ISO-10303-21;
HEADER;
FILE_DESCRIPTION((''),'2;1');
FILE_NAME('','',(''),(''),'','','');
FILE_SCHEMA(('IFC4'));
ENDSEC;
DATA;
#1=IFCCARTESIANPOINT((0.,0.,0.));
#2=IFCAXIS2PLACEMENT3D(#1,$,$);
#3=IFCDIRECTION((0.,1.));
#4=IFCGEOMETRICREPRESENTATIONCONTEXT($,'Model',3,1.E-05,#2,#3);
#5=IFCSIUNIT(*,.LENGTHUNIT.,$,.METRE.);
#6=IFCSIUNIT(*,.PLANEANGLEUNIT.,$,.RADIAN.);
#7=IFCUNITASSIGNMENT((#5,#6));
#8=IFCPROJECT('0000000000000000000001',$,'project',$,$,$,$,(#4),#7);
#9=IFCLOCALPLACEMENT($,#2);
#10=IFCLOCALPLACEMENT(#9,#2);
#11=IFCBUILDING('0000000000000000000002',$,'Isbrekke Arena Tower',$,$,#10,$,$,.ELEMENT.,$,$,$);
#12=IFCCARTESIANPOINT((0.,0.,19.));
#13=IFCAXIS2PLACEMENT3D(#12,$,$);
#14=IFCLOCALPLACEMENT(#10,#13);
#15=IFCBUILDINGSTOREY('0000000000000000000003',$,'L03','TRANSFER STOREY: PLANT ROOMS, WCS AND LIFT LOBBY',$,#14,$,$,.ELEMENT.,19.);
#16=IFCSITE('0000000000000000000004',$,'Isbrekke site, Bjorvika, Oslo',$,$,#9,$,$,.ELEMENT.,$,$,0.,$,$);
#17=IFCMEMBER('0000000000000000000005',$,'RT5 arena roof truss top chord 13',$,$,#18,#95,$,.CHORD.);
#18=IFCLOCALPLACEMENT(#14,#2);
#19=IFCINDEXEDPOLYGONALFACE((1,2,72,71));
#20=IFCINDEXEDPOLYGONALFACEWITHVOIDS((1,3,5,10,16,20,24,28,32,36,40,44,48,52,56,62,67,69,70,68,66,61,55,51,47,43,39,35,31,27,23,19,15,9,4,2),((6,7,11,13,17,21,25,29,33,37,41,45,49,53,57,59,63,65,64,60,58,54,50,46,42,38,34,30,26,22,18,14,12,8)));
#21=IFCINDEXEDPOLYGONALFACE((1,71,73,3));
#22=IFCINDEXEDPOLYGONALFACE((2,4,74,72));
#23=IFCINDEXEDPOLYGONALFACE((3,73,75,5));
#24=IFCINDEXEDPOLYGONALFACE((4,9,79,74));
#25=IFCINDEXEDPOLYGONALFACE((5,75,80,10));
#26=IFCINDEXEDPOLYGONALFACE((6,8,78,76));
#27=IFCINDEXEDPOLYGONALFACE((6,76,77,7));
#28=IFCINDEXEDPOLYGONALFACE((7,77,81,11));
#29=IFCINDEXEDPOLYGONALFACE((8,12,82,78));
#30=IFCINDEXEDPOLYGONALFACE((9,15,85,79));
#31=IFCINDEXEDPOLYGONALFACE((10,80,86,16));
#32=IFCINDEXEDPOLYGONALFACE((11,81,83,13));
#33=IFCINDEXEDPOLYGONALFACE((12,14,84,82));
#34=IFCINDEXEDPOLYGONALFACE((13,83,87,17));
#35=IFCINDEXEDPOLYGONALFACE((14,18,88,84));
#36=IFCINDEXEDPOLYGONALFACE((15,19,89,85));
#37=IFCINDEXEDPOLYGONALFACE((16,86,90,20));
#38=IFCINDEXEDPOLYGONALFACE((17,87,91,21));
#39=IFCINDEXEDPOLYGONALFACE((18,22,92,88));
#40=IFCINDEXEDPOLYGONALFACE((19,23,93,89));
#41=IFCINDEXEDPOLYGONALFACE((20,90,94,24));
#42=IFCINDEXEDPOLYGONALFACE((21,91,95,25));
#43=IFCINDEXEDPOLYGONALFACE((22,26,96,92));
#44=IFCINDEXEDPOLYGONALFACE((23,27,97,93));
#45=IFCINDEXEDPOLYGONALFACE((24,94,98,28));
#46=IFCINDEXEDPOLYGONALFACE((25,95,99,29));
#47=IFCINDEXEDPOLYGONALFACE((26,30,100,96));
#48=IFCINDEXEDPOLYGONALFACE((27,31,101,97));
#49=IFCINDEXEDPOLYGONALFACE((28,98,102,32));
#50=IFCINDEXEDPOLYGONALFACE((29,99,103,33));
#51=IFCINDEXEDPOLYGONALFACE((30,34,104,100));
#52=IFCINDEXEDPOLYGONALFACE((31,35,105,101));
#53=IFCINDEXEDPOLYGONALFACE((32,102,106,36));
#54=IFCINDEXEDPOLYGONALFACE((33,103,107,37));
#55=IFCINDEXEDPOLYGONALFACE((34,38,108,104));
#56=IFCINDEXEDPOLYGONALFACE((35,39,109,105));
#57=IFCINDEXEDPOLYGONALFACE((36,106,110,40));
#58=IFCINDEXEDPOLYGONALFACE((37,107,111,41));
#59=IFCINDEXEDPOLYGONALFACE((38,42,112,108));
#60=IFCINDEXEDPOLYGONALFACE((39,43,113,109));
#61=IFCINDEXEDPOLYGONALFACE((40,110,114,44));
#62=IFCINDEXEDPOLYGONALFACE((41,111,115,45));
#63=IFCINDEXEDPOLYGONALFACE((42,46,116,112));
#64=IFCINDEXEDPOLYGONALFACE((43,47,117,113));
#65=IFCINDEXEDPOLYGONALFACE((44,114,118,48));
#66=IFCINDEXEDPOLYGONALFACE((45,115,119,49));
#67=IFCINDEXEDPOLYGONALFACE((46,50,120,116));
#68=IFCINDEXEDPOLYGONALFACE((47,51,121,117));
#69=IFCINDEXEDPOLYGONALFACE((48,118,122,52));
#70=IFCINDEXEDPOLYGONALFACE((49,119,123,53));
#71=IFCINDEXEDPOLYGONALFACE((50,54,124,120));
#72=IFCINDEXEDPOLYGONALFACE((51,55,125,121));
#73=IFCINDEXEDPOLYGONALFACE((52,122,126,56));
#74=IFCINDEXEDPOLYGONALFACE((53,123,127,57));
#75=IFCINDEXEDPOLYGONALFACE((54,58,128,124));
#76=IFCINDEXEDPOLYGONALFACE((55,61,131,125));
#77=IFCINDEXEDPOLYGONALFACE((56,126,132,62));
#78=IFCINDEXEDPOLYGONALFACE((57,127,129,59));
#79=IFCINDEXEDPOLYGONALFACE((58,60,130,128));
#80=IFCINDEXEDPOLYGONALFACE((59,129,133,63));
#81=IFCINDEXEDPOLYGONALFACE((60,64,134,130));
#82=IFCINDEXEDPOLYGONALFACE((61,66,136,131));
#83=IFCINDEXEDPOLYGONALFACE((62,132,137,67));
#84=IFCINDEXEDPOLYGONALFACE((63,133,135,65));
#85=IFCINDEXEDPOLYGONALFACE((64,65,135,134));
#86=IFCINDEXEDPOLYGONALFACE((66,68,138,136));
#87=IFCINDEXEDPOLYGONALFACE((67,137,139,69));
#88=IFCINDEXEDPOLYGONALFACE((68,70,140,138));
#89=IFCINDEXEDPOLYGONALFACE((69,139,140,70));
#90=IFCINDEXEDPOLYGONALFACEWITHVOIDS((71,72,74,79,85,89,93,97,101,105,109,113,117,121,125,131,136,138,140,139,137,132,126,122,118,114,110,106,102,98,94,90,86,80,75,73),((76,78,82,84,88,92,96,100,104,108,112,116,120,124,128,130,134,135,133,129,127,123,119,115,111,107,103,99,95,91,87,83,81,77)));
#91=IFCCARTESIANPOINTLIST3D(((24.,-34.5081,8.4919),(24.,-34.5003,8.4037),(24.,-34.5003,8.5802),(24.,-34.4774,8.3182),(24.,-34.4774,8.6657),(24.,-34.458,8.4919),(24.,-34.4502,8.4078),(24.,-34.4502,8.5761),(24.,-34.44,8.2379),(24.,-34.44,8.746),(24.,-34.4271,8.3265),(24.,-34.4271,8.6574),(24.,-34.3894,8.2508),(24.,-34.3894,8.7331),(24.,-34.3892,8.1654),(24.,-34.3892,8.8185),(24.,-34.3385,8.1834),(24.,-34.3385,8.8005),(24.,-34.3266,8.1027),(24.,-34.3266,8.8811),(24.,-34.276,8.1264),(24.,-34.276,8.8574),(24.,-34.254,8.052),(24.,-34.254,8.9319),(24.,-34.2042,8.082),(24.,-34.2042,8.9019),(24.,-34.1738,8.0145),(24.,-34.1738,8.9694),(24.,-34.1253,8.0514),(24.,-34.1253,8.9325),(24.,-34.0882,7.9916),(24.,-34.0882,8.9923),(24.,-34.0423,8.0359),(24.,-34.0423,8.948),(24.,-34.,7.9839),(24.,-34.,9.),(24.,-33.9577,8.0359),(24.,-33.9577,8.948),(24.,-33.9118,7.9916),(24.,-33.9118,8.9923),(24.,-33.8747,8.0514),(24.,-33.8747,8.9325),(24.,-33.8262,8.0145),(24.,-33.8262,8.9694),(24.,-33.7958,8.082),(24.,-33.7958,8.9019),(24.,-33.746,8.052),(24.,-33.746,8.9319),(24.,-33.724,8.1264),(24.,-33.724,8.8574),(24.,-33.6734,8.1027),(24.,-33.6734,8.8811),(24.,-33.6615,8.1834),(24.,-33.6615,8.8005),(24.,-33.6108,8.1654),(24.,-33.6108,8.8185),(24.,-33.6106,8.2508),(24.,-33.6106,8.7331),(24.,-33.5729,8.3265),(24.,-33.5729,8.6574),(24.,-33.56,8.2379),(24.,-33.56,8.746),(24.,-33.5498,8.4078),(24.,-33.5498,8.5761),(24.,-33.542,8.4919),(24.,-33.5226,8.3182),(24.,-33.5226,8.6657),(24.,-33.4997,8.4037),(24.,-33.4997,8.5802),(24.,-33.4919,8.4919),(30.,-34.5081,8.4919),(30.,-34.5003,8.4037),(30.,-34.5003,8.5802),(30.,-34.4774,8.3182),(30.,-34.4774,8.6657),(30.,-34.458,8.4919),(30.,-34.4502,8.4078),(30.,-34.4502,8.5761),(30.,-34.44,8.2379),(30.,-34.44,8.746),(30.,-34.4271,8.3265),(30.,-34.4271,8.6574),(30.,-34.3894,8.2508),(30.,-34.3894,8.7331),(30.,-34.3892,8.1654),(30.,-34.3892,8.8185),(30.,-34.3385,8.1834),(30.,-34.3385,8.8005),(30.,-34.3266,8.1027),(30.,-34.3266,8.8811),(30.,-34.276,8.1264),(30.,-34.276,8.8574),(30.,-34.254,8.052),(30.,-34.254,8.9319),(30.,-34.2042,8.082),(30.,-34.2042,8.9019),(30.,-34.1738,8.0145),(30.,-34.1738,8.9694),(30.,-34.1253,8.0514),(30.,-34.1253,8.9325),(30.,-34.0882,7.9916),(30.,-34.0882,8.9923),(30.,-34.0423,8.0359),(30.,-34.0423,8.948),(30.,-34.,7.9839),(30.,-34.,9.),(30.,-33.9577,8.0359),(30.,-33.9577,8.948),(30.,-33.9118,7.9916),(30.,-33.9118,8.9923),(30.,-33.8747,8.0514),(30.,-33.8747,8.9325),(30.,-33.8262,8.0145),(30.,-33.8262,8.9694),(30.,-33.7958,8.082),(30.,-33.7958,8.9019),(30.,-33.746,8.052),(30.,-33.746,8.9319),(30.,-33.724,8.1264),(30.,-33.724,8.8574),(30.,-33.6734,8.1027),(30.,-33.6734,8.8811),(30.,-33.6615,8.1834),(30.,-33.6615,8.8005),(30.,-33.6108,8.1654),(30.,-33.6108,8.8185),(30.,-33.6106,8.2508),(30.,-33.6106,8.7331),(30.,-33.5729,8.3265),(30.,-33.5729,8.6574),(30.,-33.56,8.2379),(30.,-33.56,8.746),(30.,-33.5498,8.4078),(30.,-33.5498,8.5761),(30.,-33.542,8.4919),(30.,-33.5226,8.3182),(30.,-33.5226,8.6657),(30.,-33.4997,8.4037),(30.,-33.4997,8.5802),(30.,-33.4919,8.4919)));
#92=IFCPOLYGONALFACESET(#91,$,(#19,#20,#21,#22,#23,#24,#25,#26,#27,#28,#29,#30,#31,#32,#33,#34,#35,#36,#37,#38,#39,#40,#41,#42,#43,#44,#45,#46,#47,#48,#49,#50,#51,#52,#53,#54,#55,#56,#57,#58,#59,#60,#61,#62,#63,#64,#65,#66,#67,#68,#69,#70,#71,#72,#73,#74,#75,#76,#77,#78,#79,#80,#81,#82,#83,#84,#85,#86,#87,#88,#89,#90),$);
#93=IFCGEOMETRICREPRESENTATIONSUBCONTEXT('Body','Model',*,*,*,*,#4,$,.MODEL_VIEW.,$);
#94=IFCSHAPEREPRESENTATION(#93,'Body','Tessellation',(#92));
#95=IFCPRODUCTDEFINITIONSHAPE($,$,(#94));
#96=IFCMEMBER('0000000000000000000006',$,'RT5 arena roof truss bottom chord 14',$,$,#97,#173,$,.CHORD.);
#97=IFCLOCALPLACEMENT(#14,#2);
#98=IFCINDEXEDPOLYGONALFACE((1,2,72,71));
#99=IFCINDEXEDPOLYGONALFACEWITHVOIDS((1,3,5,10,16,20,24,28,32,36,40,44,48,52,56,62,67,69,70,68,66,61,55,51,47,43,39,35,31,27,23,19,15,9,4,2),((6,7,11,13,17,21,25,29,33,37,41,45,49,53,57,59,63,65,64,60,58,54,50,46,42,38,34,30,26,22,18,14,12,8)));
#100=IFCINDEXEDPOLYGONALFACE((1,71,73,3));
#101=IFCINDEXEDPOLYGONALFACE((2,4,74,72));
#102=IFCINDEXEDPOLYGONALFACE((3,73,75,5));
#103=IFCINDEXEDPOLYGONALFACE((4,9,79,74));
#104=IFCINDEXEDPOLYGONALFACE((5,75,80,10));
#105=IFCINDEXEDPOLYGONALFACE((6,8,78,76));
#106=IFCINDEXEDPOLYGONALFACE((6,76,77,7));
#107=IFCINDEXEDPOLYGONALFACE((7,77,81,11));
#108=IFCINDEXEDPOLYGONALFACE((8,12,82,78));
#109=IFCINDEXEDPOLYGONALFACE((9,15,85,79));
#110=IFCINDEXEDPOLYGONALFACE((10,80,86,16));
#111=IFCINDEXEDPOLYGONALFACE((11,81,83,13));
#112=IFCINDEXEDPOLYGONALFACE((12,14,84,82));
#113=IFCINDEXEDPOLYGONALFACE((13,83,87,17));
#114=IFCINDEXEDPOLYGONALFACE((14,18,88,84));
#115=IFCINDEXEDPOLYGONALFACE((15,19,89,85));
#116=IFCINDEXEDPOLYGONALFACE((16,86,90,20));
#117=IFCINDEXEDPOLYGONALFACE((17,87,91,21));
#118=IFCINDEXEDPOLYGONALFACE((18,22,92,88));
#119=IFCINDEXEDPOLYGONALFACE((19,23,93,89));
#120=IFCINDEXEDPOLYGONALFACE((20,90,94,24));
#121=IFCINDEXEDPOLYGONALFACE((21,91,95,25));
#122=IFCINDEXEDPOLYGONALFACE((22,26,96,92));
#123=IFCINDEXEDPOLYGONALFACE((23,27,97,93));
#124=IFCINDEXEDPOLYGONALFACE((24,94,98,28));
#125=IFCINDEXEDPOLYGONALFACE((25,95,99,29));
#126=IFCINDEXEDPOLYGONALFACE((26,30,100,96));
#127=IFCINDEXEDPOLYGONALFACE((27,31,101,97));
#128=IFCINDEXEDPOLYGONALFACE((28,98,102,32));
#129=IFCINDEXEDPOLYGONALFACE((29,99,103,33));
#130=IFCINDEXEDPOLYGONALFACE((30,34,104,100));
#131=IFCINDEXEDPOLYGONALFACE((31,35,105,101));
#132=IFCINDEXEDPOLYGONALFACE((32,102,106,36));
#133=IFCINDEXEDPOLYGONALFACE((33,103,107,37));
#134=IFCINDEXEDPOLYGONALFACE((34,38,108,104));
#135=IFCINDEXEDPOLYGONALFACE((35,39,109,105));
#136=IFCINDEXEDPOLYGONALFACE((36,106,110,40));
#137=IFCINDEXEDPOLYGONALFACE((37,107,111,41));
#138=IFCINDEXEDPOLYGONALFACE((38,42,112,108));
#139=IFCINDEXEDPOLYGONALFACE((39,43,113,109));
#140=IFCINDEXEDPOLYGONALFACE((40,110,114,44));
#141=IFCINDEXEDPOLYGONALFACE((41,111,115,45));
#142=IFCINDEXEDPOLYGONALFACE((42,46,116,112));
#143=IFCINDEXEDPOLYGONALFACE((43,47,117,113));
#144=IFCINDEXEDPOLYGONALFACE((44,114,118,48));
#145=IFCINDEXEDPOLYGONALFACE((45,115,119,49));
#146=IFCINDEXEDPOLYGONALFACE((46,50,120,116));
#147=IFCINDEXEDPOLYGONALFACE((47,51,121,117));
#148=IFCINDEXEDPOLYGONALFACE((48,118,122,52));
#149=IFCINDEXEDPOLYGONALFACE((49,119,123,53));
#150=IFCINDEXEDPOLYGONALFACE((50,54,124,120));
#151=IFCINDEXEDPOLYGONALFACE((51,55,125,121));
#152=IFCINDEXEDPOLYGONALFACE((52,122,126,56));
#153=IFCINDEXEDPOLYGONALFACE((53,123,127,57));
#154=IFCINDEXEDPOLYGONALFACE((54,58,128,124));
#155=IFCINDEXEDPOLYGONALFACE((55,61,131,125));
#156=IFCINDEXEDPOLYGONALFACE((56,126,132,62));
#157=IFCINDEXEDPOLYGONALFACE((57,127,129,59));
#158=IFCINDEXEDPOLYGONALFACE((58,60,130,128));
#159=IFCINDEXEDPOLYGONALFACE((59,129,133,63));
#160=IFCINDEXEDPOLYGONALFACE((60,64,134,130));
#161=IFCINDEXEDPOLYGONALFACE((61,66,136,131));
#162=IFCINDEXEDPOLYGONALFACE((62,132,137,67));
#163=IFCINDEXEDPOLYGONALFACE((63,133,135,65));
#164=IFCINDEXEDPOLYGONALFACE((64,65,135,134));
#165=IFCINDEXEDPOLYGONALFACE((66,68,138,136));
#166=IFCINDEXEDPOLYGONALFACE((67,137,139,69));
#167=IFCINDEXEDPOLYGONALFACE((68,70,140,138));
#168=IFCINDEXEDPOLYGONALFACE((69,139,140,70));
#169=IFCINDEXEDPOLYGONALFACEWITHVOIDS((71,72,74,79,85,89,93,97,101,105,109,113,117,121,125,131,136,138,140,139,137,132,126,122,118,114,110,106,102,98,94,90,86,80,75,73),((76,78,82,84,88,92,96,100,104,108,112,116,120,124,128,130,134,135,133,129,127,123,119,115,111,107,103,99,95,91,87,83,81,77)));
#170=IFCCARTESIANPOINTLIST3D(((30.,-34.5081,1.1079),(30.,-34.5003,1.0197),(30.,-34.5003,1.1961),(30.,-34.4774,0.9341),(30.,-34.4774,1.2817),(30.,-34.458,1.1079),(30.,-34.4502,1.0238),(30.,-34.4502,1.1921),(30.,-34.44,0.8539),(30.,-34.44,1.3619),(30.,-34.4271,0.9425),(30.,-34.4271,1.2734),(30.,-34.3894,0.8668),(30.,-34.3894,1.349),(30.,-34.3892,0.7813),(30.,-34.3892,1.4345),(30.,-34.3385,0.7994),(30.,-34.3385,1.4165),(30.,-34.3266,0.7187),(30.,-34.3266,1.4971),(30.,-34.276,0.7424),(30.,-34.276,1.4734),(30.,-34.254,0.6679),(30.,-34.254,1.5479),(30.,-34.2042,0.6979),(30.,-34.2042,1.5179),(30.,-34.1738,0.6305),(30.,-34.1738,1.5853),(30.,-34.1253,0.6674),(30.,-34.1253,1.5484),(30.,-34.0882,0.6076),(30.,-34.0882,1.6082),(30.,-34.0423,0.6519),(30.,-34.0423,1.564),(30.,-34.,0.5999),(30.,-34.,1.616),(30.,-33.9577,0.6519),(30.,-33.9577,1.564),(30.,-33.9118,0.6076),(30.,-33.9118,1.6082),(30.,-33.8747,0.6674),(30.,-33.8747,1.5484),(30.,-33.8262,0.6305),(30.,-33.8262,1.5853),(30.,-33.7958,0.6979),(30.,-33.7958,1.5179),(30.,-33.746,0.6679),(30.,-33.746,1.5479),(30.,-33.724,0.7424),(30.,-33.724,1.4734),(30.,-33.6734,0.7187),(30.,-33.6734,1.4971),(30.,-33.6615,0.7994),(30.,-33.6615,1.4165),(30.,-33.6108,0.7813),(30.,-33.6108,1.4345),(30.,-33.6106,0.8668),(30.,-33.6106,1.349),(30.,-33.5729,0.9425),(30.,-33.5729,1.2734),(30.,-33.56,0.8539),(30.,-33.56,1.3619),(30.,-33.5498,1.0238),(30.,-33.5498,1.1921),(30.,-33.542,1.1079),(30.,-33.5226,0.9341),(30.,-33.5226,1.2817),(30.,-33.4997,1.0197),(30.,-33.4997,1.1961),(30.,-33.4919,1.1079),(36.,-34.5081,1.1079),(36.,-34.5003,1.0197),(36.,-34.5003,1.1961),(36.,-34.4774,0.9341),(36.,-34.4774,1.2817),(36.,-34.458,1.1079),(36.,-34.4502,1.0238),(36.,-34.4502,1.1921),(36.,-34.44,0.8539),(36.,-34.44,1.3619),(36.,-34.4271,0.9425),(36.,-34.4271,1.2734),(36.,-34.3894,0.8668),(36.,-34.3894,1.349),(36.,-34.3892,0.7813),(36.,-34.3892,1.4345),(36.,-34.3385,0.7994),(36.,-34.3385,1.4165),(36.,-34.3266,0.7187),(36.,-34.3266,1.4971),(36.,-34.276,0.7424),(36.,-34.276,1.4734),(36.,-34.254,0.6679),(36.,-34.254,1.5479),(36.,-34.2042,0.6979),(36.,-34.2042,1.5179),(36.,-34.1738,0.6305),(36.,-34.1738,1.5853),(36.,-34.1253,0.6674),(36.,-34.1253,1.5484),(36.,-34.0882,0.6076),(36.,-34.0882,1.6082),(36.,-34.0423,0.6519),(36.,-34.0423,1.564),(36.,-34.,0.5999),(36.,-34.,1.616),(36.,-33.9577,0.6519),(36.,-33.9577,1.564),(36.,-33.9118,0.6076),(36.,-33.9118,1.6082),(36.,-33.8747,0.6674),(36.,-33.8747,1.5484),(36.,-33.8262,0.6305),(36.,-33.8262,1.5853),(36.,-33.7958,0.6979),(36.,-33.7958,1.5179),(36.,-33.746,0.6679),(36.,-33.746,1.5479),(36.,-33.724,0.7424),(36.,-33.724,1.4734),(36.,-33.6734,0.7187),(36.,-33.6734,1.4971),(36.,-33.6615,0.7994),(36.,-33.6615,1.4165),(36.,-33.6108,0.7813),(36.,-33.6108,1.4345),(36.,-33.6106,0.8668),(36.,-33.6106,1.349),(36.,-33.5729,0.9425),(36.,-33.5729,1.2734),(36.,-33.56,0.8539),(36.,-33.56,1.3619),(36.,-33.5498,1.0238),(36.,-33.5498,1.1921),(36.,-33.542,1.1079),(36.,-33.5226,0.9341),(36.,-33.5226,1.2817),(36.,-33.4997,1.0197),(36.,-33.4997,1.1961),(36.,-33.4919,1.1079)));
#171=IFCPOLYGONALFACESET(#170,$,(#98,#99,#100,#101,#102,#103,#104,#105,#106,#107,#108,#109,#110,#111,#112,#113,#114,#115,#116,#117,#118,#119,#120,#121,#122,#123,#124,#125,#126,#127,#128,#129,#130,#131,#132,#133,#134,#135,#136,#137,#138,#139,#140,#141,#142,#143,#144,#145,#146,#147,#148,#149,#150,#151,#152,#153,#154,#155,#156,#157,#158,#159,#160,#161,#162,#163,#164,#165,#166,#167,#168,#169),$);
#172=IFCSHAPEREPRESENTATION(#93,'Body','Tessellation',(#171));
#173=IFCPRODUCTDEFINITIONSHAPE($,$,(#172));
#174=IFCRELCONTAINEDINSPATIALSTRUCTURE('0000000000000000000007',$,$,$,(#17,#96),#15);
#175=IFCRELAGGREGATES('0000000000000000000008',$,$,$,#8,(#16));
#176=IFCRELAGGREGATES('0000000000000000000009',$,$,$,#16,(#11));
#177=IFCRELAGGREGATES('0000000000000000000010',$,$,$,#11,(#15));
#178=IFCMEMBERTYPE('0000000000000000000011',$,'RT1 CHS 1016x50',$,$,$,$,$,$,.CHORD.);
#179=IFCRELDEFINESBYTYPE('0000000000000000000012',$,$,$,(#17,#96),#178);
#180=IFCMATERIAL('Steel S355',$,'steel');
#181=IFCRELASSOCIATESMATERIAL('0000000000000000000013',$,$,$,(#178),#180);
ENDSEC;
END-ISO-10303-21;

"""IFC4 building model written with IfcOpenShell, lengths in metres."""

from ifc_helpers import new_model, si_unit, direction, frame, origin, origin_2d, place, context, subcontext, project, spatial, hollow_circle, extrude, material, material_profile, profile_set, type_object, element, save


model = new_model("IFC4")

# Units and contexts
model_context = context("Model", 3, precision=1e-05, world=origin(), true_north=direction((0.0, 1.0)))
body_context = subcontext(model_context, "Body", "Model", "MODEL_VIEW")
ifc_project = project(units=[si_unit("LENGTHUNIT", "METRE"), si_unit("PLANEANGLEUNIT", "RADIAN")], contexts=[model_context])

# Site, building, storey
site_placement = place(None, origin())
site = spatial("IfcSite", under=ifc_project, at=site_placement, Name="Isbrekke site, Bjorvika, Oslo", CompositionType="ELEMENT", RefElevation=0.0)
building_placement = place(site_placement, origin())
building = spatial("IfcBuilding", under=site, at=building_placement, Name="Isbrekke Arena Tower", CompositionType="ELEMENT")
storey_placement = place(building_placement, frame((0.0, 0.0, 19.0)))
storey = spatial("IfcBuildingStorey", under=building, at=storey_placement, Name="L03", Description="TRANSFER STOREY: PLANT ROOMS, WCS AND LIFT LOBBY", CompositionType="ELEMENT", Elevation=19.0)

# Members
ifc_material_1 = material(Name="Steel S355", Category="steel")
ifc_material_profile_1 = material_profile(ifc_material_1, hollow_circle(Radius=0.5081, WallThickness=0.05, at=origin_2d()), Name="CHS 1016x50")
ifc_profile_set_1 = profile_set([ifc_material_profile_1], Name="Steel S355")
member_type_1 = type_object("IfcMemberType", Name="RT1 CHS 1016x50", PredefinedType="CHORD", material=ifc_profile_set_1)
for number, where, z_axis, x_axis, name in (
    (1, (24.0, -34.0, 8.4919), (1.0, 0.0, 0.0), (0.0, 1.0, 0.0), "RT5 arena roof truss top chord 13"),
    (2, (30.0, -34.0, 1.1079), (1.0, 0.0, 0.0), (0.0, 1.0, 0.0), "RT5 arena roof truss bottom chord 14"),
):
    element("IfcMember", number, at=place(storey_placement, frame(where, z_axis=z_axis, x_axis=x_axis)), inside=storey, type_object=member_type_1, Name=name, PredefinedType="CHORD", context=body_context, shape_type="SweptSolid", body=[
        extrude(hollow_circle(Radius=0.5081, WallThickness=0.05, at=origin_2d()), origin(), (0.0, 0.0, 1.0), 6.0),
    ])

save(model, "model.ifc")
